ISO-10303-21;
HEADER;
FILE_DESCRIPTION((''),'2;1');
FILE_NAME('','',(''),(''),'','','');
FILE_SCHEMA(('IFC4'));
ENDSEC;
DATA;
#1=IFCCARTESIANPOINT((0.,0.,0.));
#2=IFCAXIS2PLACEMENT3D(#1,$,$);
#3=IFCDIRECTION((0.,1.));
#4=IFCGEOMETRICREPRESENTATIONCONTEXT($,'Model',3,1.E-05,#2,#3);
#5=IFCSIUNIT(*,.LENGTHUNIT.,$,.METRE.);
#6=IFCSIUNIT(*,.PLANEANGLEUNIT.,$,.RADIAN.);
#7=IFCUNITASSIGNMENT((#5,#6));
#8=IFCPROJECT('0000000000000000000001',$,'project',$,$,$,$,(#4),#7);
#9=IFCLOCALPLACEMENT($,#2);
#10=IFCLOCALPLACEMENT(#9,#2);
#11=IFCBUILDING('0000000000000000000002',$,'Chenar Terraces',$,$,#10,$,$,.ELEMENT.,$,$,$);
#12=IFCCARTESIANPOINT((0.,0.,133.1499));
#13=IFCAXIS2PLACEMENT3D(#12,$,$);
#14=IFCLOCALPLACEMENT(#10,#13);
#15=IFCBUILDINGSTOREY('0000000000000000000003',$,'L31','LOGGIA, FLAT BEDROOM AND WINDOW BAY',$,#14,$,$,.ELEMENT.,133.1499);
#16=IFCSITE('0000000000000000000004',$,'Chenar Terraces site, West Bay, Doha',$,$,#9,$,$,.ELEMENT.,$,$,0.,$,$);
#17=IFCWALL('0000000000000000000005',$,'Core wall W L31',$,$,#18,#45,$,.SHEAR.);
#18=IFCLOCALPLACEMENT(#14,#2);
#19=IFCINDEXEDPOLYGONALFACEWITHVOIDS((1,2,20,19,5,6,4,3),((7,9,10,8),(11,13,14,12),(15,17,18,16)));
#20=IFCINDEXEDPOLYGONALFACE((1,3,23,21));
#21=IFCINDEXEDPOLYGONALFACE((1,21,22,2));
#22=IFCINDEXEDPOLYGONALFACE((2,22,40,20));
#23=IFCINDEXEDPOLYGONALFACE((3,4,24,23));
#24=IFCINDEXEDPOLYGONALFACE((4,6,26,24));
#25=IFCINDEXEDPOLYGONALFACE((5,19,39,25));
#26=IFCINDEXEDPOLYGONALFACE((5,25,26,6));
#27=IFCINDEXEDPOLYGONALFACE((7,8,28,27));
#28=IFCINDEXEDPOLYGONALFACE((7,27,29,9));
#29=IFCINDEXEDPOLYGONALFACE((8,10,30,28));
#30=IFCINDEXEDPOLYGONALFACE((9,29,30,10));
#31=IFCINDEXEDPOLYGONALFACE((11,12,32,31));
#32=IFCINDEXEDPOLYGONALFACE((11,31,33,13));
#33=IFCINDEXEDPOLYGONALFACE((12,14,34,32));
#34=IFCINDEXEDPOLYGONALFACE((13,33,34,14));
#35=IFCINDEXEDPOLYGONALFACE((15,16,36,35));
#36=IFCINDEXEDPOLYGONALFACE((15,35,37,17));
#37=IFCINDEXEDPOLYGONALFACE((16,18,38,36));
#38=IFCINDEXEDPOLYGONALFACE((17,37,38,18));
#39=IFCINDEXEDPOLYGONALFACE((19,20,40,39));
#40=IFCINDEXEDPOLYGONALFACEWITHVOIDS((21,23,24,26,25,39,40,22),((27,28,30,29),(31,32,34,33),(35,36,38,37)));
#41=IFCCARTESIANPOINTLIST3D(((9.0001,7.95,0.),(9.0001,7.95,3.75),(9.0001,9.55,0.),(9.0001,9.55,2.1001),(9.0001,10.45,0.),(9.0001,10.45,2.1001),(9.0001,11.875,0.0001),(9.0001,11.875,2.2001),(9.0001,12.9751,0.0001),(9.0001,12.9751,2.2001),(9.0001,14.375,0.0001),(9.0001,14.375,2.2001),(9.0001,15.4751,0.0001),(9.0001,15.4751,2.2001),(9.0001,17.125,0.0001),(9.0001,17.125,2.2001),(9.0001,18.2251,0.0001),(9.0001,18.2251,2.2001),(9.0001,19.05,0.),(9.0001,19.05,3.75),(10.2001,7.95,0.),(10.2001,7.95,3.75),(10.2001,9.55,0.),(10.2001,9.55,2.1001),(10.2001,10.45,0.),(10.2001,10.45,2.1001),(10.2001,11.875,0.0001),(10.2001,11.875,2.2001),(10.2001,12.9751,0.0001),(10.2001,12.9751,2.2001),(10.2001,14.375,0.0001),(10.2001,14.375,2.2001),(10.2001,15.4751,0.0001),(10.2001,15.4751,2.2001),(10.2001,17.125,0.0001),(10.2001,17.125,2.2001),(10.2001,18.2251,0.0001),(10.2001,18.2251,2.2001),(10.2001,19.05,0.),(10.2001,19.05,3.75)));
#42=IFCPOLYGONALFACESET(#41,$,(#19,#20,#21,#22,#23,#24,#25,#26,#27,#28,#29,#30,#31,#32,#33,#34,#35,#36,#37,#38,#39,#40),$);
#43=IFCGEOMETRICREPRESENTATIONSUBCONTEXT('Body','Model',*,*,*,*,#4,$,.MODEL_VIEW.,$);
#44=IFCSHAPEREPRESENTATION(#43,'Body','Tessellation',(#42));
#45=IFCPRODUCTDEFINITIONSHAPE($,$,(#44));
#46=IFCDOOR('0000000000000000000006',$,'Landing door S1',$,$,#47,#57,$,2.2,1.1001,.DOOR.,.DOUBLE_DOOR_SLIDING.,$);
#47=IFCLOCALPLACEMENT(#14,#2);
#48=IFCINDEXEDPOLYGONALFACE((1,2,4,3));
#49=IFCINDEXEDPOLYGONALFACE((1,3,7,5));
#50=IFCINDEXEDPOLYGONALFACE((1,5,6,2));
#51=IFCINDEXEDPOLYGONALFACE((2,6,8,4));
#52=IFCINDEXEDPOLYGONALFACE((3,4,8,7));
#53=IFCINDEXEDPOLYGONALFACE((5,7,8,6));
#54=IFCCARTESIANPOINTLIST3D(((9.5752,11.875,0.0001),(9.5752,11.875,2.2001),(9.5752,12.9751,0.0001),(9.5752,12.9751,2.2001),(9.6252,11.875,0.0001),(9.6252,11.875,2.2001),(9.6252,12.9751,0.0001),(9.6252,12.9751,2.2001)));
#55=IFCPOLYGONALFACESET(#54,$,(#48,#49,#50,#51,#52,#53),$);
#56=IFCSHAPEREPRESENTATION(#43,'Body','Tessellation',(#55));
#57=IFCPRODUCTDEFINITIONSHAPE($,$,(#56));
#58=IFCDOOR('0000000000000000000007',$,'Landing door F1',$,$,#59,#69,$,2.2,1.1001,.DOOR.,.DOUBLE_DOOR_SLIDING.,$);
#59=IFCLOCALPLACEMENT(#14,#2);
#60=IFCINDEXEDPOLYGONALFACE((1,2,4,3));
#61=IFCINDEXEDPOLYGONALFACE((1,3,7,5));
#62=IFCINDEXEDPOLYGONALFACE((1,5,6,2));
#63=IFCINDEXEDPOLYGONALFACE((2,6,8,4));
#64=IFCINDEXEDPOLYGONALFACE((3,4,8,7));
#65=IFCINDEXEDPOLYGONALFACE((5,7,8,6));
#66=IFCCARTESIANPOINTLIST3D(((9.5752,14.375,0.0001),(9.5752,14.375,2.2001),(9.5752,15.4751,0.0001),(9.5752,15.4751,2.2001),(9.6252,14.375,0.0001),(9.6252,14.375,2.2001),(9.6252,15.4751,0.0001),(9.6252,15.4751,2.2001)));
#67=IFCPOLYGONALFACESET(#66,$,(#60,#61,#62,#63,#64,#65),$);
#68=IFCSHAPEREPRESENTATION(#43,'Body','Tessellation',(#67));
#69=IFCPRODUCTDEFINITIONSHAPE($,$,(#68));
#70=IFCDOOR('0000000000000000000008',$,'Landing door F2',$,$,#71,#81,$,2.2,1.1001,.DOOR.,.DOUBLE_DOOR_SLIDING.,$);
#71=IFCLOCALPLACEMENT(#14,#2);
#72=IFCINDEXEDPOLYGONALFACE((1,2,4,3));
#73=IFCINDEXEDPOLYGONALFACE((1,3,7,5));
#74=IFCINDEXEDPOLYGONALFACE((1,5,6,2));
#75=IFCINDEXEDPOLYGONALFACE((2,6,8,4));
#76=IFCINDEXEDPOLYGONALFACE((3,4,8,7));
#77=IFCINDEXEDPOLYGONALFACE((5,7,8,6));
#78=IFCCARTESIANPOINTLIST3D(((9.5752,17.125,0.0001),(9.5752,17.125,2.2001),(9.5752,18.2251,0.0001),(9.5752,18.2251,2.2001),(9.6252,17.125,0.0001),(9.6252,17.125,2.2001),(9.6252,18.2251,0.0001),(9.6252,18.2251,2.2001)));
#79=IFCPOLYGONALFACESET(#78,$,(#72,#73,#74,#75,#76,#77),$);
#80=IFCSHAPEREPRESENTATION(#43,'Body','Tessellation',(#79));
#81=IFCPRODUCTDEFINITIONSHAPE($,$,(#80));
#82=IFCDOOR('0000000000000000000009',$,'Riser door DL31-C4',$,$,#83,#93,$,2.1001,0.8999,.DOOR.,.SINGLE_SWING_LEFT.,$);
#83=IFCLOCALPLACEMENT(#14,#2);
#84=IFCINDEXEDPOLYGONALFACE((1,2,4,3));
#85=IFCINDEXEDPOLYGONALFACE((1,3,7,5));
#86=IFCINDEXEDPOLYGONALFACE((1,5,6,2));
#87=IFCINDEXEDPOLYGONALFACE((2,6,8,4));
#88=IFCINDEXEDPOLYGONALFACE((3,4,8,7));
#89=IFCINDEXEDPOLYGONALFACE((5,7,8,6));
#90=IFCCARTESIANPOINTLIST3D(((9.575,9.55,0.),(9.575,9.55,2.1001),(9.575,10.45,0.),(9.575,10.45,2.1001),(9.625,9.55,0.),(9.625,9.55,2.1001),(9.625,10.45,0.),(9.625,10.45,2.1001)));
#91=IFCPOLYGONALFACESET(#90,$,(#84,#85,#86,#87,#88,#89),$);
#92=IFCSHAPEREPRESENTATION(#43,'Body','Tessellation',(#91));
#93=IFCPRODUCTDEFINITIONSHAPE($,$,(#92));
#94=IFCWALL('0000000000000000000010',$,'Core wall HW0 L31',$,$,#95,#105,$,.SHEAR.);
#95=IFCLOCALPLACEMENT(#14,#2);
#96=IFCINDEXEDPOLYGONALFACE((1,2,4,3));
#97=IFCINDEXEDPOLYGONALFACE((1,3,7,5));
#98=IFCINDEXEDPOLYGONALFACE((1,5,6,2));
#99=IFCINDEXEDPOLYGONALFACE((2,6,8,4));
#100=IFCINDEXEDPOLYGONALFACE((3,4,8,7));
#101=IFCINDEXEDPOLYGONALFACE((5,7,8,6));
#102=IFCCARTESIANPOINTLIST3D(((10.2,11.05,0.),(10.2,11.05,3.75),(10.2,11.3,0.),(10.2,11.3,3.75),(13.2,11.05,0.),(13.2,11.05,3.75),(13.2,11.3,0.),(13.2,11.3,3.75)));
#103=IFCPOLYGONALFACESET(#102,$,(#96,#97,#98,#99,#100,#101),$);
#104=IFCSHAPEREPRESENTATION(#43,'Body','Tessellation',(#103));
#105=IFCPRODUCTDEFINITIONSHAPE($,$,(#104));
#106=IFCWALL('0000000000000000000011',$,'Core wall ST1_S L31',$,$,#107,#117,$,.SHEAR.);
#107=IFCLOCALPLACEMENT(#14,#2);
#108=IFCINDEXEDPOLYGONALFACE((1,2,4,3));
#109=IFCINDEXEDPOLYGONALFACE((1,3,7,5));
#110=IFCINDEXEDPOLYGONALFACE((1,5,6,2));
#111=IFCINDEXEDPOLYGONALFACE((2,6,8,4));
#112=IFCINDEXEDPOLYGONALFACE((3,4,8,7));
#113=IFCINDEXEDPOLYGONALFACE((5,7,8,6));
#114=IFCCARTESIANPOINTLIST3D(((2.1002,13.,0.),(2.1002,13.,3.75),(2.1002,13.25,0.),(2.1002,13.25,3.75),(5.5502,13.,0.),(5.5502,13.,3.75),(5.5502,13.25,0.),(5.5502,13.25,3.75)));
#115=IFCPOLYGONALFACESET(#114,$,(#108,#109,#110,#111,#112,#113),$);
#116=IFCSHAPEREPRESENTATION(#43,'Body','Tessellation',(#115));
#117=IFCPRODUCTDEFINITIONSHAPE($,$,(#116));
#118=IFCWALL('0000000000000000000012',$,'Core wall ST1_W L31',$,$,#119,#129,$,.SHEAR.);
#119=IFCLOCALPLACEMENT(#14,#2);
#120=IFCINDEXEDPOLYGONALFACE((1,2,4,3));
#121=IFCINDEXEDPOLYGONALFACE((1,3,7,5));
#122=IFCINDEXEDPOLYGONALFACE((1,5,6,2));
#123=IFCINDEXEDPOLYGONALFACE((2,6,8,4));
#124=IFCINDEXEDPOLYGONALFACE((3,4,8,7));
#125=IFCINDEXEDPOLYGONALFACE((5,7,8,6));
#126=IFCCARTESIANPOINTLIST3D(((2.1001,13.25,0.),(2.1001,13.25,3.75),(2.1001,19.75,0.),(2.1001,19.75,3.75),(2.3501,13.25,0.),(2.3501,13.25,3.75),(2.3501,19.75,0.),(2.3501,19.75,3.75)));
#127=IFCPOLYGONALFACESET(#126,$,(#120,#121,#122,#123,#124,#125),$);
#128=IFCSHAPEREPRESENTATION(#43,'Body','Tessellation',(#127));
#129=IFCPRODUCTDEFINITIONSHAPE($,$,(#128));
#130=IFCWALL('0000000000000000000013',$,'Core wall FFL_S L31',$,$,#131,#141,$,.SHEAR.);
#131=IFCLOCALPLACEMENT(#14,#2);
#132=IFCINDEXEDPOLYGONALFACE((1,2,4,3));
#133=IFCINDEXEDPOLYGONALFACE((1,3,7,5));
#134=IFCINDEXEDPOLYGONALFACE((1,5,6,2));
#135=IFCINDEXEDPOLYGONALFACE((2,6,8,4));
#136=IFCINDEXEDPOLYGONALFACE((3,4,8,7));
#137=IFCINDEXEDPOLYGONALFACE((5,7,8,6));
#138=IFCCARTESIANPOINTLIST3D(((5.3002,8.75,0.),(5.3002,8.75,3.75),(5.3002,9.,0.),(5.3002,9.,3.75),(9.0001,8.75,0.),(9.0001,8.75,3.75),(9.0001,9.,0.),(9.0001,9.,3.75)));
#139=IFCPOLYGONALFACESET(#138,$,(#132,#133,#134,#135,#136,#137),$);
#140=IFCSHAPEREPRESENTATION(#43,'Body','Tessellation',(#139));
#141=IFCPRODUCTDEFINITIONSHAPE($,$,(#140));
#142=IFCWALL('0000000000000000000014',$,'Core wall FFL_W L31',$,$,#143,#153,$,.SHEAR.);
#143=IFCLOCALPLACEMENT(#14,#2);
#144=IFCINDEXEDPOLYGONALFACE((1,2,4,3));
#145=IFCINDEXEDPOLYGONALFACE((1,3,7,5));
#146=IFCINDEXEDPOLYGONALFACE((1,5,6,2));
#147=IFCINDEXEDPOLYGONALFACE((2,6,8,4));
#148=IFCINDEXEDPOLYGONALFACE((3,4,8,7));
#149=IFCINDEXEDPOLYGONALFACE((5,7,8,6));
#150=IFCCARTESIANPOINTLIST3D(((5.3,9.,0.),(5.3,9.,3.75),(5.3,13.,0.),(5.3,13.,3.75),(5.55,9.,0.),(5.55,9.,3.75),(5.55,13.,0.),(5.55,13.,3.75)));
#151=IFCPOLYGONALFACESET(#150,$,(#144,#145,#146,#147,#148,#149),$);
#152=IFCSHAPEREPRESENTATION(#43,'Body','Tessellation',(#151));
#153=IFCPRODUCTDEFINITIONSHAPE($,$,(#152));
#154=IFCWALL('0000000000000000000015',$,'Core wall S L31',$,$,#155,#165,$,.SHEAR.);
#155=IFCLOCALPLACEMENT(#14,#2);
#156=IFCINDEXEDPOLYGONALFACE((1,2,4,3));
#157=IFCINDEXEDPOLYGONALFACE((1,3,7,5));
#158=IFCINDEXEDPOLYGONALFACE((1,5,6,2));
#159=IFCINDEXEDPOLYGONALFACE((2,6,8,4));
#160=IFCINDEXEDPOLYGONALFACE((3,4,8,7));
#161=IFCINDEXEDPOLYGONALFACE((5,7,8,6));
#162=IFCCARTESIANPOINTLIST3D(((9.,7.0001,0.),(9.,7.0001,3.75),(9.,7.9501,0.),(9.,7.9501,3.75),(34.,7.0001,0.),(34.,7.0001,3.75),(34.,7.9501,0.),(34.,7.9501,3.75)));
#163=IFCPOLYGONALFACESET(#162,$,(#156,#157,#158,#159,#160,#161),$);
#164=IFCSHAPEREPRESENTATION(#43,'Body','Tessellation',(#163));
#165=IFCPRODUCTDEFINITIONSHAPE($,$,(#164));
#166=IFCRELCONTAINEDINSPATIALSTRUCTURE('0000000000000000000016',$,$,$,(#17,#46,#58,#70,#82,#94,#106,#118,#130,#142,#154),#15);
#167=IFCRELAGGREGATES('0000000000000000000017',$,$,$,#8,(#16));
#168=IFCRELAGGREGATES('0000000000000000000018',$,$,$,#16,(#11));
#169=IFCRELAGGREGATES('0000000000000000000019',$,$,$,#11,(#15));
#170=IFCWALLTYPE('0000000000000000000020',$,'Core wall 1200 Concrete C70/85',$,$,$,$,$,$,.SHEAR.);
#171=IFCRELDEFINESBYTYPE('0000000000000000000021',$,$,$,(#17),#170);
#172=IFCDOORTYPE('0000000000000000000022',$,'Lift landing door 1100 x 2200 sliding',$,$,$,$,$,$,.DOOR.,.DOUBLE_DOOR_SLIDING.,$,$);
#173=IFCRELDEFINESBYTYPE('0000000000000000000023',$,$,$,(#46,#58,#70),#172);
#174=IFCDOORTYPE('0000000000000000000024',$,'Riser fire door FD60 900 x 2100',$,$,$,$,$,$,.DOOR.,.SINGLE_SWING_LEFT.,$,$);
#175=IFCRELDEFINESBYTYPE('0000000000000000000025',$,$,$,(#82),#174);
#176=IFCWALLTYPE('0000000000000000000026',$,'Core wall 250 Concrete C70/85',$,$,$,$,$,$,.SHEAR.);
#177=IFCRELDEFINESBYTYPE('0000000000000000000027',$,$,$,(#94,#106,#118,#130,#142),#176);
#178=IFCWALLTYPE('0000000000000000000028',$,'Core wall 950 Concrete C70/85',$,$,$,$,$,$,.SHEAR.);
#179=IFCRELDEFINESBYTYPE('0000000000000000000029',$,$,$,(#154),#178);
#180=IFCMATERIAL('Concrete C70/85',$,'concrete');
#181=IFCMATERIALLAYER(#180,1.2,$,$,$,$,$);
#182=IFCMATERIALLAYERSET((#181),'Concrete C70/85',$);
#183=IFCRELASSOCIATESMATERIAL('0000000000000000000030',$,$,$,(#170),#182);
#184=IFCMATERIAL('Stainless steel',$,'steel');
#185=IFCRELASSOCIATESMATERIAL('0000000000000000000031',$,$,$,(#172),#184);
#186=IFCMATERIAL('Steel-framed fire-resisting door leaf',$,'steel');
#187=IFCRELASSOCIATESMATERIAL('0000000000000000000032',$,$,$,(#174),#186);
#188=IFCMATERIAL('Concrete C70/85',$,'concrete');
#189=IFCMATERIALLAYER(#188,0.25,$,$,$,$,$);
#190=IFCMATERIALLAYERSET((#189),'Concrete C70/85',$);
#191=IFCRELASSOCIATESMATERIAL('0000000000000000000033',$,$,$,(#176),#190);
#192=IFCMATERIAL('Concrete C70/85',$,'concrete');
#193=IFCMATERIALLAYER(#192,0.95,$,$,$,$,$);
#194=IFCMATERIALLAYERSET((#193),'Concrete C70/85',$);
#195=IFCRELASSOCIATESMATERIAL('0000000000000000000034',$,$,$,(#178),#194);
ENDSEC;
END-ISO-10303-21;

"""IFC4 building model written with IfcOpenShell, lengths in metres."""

from ifc_helpers import new_model, si_unit, direction, frame, frame_2d, origin, place, context, subcontext, project, spatial, rectangle, extrude, material, layer, layer_set, type_object, element, fill, save


model = new_model("IFC4")

# Units and contexts
model_context = context("Model", 3, precision=1e-05, world=origin(), true_north=direction((0.0, 1.0)))
body_context = subcontext(model_context, "Body", "Model", "MODEL_VIEW")
ifc_project = project(units=[si_unit("LENGTHUNIT", "METRE"), si_unit("PLANEANGLEUNIT", "RADIAN")], contexts=[model_context])

# Site, building, storey
site_placement = place(None, origin())
site = spatial("IfcSite", under=ifc_project, at=site_placement, Name="Chenar Terraces site, West Bay, Doha", CompositionType="ELEMENT", RefElevation=0.0)
building_placement = place(site_placement, origin())
building = spatial("IfcBuilding", under=site, at=building_placement, Name="Chenar Terraces", CompositionType="ELEMENT")
storey_placement = place(building_placement, frame((0.0, 0.0, 133.1499)))
storey = spatial("IfcBuildingStorey", under=building, at=storey_placement, Name="L31", Description="LOGGIA, FLAT BEDROOM AND WINDOW BAY", CompositionType="ELEMENT", Elevation=133.1499)

# Wall, openings, doors
ifc_material_1 = material(Name="Concrete C70/85", Category="concrete")
ifc_layer_1 = layer(ifc_material_1, 1.2)
ifc_layer_set_1 = layer_set([ifc_layer_1], Name="Concrete C70/85")
wall_type_1 = type_object("IfcWallType", Name="Core wall 1200 Concrete C70/85", PredefinedType="SHEAR", material=ifc_layer_set_1)
wall_1_placement = place(storey_placement, frame((9.6001, 7.95, 0.0), z_axis=(0.0, 0.0, 1.0), x_axis=(0.0, 1.0, 0.0)))
wall_1 = element("IfcWall", 1, at=wall_1_placement, inside=storey, type_object=wall_type_1, Name="Core wall W L31", PredefinedType="SHEAR", context=body_context, shape_type="SweptSolid", body=[
    extrude(rectangle(XDim=11.1001, YDim=1.2, at=frame_2d((5.55, 0.0))), origin(), (0.0, 0.0, 1.0), 3.75),
])
opening_1_placement = place(wall_1_placement, frame((3.925, 0.0, 0.0)))
opening_1 = element("IfcOpeningElement", 2, at=opening_1_placement, cuts=wall_1, PredefinedType="OPENING", context=body_context, shape_type="SweptSolid", body=[
    extrude(rectangle(XDim=1.1001, YDim=2.2, at=frame_2d((0.55, 1.1001))), frame((0.0, 0.6099, 0.0), z_axis=(0.0, -1.0, 0.0), x_axis=(1.0, 0.0, 0.0)), (0.0, 0.0, 1.0), 1.22),
])
opening_2_placement = place(wall_1_placement, frame((6.425, 0.0, 0.0)))
opening_2 = element("IfcOpeningElement", 3, at=opening_2_placement, cuts=wall_1, PredefinedType="OPENING", context=body_context, shape_type="SweptSolid", body=[
    extrude(rectangle(XDim=1.1001, YDim=2.2, at=frame_2d((0.55, 1.1001))), frame((0.0, 0.6099, 0.0), z_axis=(0.0, -1.0, 0.0), x_axis=(1.0, 0.0, 0.0)), (0.0, 0.0, 1.0), 1.22),
])
opening_3_placement = place(wall_1_placement, frame((9.175, 0.0, 0.0)))
opening_3 = element("IfcOpeningElement", 4, at=opening_3_placement, cuts=wall_1, PredefinedType="OPENING", context=body_context, shape_type="SweptSolid", body=[
    extrude(rectangle(XDim=1.1001, YDim=2.2, at=frame_2d((0.55, 1.1001))), frame((0.0, 0.6099, 0.0), z_axis=(0.0, -1.0, 0.0), x_axis=(1.0, 0.0, 0.0)), (0.0, 0.0, 1.0), 1.22),
])
opening_4_placement = place(wall_1_placement, frame((1.6001, 0.0, 0.0)))
opening_4 = element("IfcOpeningElement", 5, at=opening_4_placement, cuts=wall_1, PredefinedType="OPENING", context=body_context, shape_type="SweptSolid", body=[
    extrude(rectangle(XDim=0.8999, YDim=2.1001, at=frame_2d((0.45, 1.05))), frame((0.0, 0.6099, 0.0), z_axis=(0.0, -1.0, 0.0), x_axis=(1.0, 0.0, 0.0)), (0.0, 0.0, 1.0), 1.22),
])
ifc_material_2 = material(Name="Stainless steel", Category="steel")
door_type_1 = type_object("IfcDoorType", Name="Lift landing door 1100 x 2200 sliding", OperationType="DOUBLE_DOOR_SLIDING", PredefinedType="DOOR", material=ifc_material_2)
door_1_placement = place(opening_1_placement, origin())
door_1 = element("IfcDoor", 6, at=door_1_placement, inside=storey, type_object=door_type_1, Name="Landing door S1", OperationType="DOUBLE_DOOR_SLIDING", OverallHeight=2.2, OverallWidth=1.1001, PredefinedType="DOOR", context=body_context, shape_type="SweptSolid", body=[
    extrude(rectangle(XDim=1.1001, YDim=2.2, at=frame_2d((0.55, 1.1001))), frame((0.0, 0.0249, 0.0), z_axis=(0.0, -1.0, 0.0), x_axis=(1.0, 0.0, 0.0)), (0.0, 0.0, 1.0), 0.05),
])
fill(opening_1, door_1)
door_2_placement = place(opening_2_placement, origin())
door_2 = element("IfcDoor", 7, at=door_2_placement, inside=storey, type_object=door_type_1, Name="Landing door F1", OperationType="DOUBLE_DOOR_SLIDING", OverallHeight=2.2, OverallWidth=1.1001, PredefinedType="DOOR", context=body_context, shape_type="SweptSolid", body=[
    extrude(rectangle(XDim=1.1001, YDim=2.2, at=frame_2d((0.55, 1.1001))), frame((0.0, 0.0249, 0.0), z_axis=(0.0, -1.0, 0.0), x_axis=(1.0, 0.0, 0.0)), (0.0, 0.0, 1.0), 0.05),
])
fill(opening_2, door_2)
door_3_placement = place(opening_3_placement, origin())
door_3 = element("IfcDoor", 8, at=door_3_placement, inside=storey, type_object=door_type_1, Name="Landing door F2", OperationType="DOUBLE_DOOR_SLIDING", OverallHeight=2.2, OverallWidth=1.1001, PredefinedType="DOOR", context=body_context, shape_type="SweptSolid", body=[
    extrude(rectangle(XDim=1.1001, YDim=2.2, at=frame_2d((0.55, 1.1001))), frame((0.0, 0.0249, 0.0), z_axis=(0.0, -1.0, 0.0), x_axis=(1.0, 0.0, 0.0)), (0.0, 0.0, 1.0), 0.05),
])
fill(opening_3, door_3)
ifc_material_3 = material(Name="Steel-framed fire-resisting door leaf", Category="steel")
door_type_2 = type_object("IfcDoorType", Name="Riser fire door FD60 900 x 2100", OperationType="SINGLE_SWING_LEFT", PredefinedType="DOOR", material=ifc_material_3)
door_4_placement = place(opening_4_placement, frame((0.8999, 0.0, 0.0), z_axis=(0.0, 0.0, 1.0), x_axis=(-1.0, 0.0, 0.0)))
door_4 = element("IfcDoor", 9, at=door_4_placement, inside=storey, type_object=door_type_2, Name="Riser door DL31-C4", OperationType="SINGLE_SWING_LEFT", OverallHeight=2.1001, OverallWidth=0.8999, PredefinedType="DOOR", context=body_context, shape_type="SweptSolid", body=[
    extrude(rectangle(XDim=0.8999, YDim=2.1001, at=frame_2d((0.45, 1.05))), frame((0.0, 0.0249, 0.0), z_axis=(0.0, -1.0, 0.0), x_axis=(1.0, 0.0, 0.0)), (0.0, 0.0, 1.0), 0.05),
])
fill(opening_4, door_4)

# Walls
ifc_material_4 = material(Name="Concrete C70/85", Category="concrete")
ifc_layer_2 = layer(ifc_material_4, 0.25)
ifc_layer_set_2 = layer_set([ifc_layer_2], Name="Concrete C70/85")
wall_type_2 = type_object("IfcWallType", Name="Core wall 250 Concrete C70/85", PredefinedType="SHEAR", material=ifc_layer_set_2)
wall_2_placement = place(storey_placement, frame((10.2, 11.175, 0.0), z_axis=(0.0, 0.0, 1.0), x_axis=(1.0, 0.0, 0.0)))
element("IfcWall", 10, at=wall_2_placement, inside=storey, type_object=wall_type_2, Name="Core wall HW0 L31", PredefinedType="SHEAR", context=body_context, shape_type="SweptSolid", body=[
    extrude(rectangle(XDim=3.0, YDim=0.25, at=frame_2d((1.5, 0.0))), origin(), (0.0, 0.0, 1.0), 3.75),
])
wall_3_placement = place(storey_placement, frame((2.1001, 13.125, 0.0), z_axis=(0.0, 0.0, 1.0), x_axis=(1.0, 0.0, 0.0)))
element("IfcWall", 11, at=wall_3_placement, inside=storey, type_object=wall_type_2, Name="Core wall ST1_S L31", PredefinedType="SHEAR", context=body_context, shape_type="SweptSolid", body=[
    extrude(rectangle(XDim=3.45, YDim=0.25, at=frame_2d((1.7251, 0.0))), origin(), (0.0, 0.0, 1.0), 3.75),
])
wall_4_placement = place(storey_placement, frame((2.2251, 13.25, 0.0), z_axis=(0.0, 0.0, 1.0), x_axis=(0.0, 1.0, 0.0)))
element("IfcWall", 12, at=wall_4_placement, inside=storey, type_object=wall_type_2, Name="Core wall ST1_W L31", PredefinedType="SHEAR", context=body_context, shape_type="SweptSolid", body=[
    extrude(rectangle(XDim=6.5, YDim=0.25, at=frame_2d((3.25, 0.0))), origin(), (0.0, 0.0, 1.0), 3.75),
])
wall_5_placement = place(storey_placement, frame((5.3, 8.875, 0.0), z_axis=(0.0, 0.0, 1.0), x_axis=(1.0, 0.0, 0.0)))
element("IfcWall", 13, at=wall_5_placement, inside=storey, type_object=wall_type_2, Name="Core wall FFL_S L31", PredefinedType="SHEAR", context=body_context, shape_type="SweptSolid", body=[
    extrude(rectangle(XDim=3.7, YDim=0.25, at=frame_2d((1.8501, 0.0))), origin(), (0.0, 0.0, 1.0), 3.75),
])
wall_6_placement = place(storey_placement, frame((5.425, 9.0, 0.0), z_axis=(0.0, 0.0, 1.0), x_axis=(0.0, 1.0, 0.0)))
element("IfcWall", 14, at=wall_6_placement, inside=storey, type_object=wall_type_2, Name="Core wall FFL_W L31", PredefinedType="SHEAR", context=body_context, shape_type="SweptSolid", body=[
    extrude(rectangle(XDim=4.0, YDim=0.25, at=frame_2d((2.0, 0.0))), origin(), (0.0, 0.0, 1.0), 3.75),
])
ifc_material_5 = material(Name="Concrete C70/85", Category="concrete")
ifc_layer_3 = layer(ifc_material_5, 0.95)
ifc_layer_set_3 = layer_set([ifc_layer_3], Name="Concrete C70/85")
wall_type_3 = type_object("IfcWallType", Name="Core wall 950 Concrete C70/85", PredefinedType="SHEAR", material=ifc_layer_set_3)
wall_7_placement = place(storey_placement, frame((9.0, 7.4751, 0.0), z_axis=(0.0, 0.0, 1.0), x_axis=(1.0, 0.0, 0.0)))
element("IfcWall", 15, at=wall_7_placement, inside=storey, type_object=wall_type_3, Name="Core wall S L31", PredefinedType="SHEAR", context=body_context, shape_type="SweptSolid", body=[
    extrude(rectangle(XDim=25.0, YDim=0.95, at=frame_2d((12.5, 0.0))), origin(), (0.0, 0.0, 1.0), 3.75),
])

save(model, "model.ifc")
